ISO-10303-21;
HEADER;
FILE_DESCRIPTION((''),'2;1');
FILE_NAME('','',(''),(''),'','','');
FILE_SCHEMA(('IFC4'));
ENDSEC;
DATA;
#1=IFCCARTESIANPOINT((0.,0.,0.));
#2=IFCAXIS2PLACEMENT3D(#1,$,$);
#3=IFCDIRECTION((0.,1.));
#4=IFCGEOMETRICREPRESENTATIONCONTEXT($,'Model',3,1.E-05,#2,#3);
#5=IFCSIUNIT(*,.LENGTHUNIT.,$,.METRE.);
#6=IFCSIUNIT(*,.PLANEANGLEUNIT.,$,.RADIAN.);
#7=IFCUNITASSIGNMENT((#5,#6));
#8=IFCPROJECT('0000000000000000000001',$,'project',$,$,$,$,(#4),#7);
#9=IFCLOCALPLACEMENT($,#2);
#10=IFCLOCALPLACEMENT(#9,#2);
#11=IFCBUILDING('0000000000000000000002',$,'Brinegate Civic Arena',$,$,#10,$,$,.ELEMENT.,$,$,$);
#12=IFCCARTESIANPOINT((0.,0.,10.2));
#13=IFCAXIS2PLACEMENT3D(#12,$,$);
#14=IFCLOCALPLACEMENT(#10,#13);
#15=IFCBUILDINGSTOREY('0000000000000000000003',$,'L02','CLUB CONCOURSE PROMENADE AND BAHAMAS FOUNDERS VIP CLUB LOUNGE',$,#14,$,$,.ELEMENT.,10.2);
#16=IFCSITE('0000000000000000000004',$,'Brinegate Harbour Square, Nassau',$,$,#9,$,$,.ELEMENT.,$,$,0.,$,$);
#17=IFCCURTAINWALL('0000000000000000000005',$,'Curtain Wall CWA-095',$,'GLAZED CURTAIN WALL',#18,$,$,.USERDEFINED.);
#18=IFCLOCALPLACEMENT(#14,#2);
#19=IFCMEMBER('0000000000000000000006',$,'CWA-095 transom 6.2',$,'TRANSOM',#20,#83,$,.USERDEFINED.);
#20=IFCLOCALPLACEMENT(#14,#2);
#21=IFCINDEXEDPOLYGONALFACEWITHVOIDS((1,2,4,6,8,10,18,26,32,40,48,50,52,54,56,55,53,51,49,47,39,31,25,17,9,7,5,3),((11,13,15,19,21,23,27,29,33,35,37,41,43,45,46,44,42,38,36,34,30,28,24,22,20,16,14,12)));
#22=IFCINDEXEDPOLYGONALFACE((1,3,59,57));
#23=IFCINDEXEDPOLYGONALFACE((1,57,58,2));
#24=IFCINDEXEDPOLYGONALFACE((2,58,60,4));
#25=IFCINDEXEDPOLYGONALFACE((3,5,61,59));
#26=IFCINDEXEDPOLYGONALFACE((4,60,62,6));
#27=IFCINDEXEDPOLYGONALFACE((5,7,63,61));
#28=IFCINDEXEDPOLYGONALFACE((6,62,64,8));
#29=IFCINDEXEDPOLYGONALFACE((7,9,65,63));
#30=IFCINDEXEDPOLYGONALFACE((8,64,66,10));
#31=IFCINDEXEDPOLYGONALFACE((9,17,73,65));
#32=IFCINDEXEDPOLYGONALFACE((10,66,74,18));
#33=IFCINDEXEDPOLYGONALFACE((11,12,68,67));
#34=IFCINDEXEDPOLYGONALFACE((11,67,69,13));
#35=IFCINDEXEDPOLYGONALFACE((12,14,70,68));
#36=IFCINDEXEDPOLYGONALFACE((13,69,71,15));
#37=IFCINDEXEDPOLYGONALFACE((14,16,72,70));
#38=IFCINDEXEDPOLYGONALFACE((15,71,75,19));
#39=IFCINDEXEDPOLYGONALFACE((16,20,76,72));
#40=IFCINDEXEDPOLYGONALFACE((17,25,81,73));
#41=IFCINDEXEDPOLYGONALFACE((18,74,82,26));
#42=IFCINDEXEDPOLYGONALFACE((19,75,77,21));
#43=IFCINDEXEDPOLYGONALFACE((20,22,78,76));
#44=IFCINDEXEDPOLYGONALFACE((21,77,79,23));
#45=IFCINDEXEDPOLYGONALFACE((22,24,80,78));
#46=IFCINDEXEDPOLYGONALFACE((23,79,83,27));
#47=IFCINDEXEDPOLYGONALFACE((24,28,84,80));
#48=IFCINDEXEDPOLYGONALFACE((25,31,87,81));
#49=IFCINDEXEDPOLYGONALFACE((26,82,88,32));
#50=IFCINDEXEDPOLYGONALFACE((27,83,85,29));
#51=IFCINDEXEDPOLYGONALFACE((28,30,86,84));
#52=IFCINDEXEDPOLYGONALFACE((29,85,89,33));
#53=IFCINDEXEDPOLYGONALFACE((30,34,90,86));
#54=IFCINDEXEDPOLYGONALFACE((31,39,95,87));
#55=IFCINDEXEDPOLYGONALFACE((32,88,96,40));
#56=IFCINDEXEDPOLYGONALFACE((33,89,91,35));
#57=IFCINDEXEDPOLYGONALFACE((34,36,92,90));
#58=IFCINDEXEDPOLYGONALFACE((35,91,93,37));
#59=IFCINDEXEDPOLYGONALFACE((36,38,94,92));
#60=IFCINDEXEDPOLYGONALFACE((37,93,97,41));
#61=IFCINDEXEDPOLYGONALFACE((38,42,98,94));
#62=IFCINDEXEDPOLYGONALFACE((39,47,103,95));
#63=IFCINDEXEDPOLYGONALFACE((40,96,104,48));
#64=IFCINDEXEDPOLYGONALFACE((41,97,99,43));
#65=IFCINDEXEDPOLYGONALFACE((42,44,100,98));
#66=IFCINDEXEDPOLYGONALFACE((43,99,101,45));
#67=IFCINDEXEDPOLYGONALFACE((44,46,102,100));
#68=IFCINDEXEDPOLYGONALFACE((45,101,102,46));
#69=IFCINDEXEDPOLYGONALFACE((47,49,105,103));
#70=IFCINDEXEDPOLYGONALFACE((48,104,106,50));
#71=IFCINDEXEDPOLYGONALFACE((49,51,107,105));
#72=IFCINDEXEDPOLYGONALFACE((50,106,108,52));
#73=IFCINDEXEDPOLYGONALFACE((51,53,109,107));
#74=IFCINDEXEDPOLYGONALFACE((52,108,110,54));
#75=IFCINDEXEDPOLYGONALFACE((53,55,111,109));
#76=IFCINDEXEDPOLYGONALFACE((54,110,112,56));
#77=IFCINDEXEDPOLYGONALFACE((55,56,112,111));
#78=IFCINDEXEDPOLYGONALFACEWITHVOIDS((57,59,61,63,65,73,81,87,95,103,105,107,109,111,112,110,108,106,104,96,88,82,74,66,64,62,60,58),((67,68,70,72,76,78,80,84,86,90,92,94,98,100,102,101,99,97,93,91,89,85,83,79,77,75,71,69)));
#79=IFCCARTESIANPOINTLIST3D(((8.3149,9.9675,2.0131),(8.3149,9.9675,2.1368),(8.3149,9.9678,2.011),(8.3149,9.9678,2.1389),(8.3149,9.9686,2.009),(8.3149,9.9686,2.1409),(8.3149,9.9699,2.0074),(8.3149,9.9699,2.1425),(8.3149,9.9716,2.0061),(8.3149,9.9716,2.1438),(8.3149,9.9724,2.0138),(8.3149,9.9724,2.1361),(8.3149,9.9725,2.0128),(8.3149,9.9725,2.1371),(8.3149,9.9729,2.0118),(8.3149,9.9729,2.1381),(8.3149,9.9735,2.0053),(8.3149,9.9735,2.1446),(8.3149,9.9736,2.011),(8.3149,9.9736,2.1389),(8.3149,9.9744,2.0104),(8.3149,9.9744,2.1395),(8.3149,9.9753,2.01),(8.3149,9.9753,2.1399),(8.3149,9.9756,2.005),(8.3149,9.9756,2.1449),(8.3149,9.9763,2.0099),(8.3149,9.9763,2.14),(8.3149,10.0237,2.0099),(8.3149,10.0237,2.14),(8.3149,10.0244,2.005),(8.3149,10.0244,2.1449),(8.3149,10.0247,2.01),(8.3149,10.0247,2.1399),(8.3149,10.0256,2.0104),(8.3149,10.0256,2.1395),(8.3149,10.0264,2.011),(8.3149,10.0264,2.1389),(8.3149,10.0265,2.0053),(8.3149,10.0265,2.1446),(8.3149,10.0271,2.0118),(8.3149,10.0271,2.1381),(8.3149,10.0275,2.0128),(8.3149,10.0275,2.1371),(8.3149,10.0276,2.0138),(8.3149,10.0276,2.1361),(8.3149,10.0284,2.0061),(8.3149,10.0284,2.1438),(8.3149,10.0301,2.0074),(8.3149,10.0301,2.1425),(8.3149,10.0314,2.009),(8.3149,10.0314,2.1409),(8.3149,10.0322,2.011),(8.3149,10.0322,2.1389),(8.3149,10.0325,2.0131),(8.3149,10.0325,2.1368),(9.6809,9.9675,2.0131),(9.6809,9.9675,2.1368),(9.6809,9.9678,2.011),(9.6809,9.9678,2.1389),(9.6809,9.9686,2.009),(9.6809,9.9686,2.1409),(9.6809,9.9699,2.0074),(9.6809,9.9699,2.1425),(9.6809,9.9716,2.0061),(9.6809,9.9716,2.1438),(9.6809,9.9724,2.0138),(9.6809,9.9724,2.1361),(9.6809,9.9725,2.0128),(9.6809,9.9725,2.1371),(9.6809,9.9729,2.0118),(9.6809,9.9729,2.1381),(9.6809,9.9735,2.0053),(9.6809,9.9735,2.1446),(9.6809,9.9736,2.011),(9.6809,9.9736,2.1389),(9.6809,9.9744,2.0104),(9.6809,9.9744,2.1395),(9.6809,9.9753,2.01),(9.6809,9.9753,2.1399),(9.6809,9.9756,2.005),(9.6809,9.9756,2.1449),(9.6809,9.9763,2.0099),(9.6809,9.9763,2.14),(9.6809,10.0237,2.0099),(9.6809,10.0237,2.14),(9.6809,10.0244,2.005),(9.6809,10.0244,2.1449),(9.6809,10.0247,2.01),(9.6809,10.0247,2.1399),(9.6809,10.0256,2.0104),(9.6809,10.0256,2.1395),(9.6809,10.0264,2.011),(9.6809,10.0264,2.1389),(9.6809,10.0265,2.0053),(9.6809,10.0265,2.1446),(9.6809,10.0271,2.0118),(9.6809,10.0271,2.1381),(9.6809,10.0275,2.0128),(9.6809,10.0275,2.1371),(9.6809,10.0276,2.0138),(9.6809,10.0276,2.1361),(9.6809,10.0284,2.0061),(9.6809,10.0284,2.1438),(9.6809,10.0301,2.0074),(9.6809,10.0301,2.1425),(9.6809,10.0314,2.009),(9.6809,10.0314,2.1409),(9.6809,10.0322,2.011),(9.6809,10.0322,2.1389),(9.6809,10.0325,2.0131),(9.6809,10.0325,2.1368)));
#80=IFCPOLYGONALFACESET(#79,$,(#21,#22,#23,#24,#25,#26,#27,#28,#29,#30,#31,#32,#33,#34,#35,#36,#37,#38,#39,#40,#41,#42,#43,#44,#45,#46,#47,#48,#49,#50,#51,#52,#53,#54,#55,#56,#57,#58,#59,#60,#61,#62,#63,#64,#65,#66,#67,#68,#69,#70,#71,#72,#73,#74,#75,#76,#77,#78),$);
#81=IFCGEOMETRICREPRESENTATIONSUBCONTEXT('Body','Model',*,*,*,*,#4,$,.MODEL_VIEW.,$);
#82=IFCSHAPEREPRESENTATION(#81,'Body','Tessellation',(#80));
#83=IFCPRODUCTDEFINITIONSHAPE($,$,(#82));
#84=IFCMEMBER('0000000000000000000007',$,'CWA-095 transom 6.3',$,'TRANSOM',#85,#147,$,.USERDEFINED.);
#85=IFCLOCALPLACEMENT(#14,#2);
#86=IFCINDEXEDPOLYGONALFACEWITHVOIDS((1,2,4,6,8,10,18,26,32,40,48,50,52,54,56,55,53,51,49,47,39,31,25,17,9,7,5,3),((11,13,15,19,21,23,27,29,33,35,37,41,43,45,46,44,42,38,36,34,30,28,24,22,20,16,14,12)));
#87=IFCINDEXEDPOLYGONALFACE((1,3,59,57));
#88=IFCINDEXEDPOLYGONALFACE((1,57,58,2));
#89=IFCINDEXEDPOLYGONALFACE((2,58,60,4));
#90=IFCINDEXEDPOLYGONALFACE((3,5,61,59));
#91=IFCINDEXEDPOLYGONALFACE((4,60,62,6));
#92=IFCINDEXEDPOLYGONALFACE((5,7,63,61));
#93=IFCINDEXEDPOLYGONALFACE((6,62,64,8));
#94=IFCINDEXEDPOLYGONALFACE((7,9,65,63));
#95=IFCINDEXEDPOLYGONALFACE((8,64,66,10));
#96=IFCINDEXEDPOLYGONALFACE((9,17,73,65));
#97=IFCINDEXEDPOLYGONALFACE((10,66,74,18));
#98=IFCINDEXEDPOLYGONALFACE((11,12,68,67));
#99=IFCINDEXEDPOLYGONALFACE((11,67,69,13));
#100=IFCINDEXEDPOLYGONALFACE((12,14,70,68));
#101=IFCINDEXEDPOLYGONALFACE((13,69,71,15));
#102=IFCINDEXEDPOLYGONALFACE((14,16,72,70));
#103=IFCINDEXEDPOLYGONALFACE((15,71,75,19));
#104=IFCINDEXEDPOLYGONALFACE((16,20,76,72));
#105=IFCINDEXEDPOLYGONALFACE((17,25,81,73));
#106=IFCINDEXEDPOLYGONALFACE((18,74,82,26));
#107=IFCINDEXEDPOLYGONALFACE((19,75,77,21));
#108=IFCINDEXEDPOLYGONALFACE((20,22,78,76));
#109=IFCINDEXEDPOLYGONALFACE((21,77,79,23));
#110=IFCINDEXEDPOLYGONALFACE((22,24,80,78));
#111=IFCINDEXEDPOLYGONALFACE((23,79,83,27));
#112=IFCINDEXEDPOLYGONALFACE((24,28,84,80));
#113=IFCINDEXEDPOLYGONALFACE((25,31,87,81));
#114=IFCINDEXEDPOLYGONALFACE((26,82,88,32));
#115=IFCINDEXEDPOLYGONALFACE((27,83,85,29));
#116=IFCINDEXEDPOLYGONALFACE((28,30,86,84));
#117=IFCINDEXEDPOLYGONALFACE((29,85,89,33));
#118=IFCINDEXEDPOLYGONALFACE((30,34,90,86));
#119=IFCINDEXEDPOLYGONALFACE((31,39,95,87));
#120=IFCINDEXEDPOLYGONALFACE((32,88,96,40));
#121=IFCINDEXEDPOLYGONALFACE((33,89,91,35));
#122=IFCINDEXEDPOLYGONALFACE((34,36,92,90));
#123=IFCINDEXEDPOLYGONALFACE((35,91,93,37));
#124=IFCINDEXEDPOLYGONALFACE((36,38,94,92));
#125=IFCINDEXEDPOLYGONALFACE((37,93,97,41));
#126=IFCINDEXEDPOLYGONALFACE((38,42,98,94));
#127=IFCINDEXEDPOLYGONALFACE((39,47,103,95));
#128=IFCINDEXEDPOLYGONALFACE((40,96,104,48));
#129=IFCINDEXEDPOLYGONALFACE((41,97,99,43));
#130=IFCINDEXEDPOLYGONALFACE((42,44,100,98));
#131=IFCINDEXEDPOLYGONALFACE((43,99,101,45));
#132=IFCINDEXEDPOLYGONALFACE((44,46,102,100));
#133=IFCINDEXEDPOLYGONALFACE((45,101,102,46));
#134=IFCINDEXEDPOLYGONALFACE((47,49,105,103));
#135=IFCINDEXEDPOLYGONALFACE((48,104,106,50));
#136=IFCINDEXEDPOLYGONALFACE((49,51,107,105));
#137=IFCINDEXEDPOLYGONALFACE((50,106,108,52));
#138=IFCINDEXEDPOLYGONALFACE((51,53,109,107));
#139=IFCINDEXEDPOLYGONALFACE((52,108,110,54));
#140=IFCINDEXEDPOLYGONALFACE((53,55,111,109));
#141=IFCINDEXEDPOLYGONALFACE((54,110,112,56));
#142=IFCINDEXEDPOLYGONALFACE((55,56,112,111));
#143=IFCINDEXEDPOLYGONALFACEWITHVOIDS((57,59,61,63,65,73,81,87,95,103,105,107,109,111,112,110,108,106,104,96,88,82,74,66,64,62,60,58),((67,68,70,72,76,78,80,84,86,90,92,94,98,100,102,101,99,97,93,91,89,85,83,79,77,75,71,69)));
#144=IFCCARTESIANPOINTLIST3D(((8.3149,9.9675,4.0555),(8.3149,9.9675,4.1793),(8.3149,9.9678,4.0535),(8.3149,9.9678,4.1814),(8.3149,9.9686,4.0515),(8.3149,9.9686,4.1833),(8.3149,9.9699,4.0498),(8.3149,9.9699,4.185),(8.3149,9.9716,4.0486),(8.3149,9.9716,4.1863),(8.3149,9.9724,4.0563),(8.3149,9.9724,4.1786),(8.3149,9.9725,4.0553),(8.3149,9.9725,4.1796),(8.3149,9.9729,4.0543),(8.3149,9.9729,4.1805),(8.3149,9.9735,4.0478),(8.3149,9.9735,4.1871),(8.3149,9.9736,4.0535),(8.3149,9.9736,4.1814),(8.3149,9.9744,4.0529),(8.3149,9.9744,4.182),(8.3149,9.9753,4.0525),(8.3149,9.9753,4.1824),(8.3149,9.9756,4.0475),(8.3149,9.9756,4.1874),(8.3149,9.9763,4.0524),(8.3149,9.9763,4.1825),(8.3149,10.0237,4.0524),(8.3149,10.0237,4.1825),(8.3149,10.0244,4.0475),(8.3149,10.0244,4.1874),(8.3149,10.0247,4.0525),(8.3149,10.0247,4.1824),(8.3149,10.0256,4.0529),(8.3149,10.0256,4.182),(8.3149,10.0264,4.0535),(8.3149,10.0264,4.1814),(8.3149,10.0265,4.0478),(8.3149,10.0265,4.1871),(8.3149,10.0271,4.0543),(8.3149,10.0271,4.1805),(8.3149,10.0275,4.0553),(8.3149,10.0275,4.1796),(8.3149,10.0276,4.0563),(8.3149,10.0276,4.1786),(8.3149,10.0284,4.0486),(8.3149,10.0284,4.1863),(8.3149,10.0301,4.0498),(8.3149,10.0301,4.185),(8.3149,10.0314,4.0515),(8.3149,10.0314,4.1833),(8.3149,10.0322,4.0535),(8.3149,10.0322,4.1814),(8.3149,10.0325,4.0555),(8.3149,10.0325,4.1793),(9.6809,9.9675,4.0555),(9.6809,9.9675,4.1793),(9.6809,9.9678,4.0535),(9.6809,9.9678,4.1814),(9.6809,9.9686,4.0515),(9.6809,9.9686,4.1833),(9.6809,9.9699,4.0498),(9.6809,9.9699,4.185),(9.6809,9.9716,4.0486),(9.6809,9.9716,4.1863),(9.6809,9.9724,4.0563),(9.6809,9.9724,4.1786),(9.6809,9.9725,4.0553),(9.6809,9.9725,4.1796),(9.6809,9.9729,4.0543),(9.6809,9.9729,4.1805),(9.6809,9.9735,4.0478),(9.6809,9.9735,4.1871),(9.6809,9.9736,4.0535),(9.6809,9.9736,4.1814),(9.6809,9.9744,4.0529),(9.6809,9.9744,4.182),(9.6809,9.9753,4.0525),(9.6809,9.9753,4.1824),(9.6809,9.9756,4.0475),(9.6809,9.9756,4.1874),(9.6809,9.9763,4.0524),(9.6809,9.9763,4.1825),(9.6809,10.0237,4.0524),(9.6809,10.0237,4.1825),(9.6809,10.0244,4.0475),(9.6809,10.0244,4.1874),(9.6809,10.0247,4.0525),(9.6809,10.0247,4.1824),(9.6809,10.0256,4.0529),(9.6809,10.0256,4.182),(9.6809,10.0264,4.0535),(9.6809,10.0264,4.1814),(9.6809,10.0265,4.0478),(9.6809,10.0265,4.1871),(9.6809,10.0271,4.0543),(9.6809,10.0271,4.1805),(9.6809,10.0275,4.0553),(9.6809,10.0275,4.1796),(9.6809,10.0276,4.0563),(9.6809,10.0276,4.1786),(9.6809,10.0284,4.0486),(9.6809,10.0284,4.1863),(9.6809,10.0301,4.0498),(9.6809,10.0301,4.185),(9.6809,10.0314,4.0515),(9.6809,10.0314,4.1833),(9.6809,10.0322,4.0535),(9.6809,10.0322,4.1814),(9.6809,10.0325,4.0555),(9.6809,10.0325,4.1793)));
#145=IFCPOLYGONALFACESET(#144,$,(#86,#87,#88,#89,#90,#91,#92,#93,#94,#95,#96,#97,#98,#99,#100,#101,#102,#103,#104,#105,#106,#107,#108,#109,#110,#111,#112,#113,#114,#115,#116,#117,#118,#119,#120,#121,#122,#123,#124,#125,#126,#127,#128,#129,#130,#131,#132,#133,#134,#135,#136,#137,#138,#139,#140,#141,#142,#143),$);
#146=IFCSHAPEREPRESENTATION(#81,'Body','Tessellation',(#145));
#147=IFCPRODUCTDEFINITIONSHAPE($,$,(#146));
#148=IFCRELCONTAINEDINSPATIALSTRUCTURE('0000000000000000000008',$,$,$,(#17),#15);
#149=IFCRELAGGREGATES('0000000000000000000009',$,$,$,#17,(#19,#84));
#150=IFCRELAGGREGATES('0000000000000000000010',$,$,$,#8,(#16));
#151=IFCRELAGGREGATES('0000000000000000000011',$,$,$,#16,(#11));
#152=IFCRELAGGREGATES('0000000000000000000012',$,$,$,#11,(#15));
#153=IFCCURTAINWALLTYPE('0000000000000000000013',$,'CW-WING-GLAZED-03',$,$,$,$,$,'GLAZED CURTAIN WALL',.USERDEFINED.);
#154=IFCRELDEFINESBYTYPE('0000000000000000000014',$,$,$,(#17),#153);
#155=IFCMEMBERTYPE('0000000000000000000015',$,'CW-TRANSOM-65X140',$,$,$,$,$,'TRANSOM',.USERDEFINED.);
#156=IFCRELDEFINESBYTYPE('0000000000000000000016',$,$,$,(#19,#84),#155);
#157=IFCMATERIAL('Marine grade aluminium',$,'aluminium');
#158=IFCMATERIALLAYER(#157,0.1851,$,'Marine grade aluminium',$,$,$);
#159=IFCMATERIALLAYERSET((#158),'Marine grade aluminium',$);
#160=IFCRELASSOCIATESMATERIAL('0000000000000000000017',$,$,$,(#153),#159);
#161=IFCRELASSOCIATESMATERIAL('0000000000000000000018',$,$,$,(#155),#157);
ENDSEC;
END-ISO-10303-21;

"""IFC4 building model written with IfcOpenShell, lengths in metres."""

from ifc_helpers import new_model, si_unit, direction, frame, origin, origin_2d, place, context, subcontext, project, spatial, hollow_rectangle, extrude, material, layer, layer_set, material_profile, profile_set, type_object, element, aggregate, save


model = new_model("IFC4")

# Units and contexts
model_context = context("Model", 3, precision=1e-05, world=origin(), true_north=direction((0.0, 1.0)))
body_context = subcontext(model_context, "Body", "Model", "MODEL_VIEW")
ifc_project = project(units=[si_unit("LENGTHUNIT", "METRE"), si_unit("PLANEANGLEUNIT", "RADIAN")], contexts=[model_context])

# Site, building, storey
site_placement = place(None, origin())
site = spatial("IfcSite", under=ifc_project, at=site_placement, Name="Brinegate Harbour Square, Nassau", CompositionType="ELEMENT", RefElevation=0.0)
building_placement = place(site_placement, origin())
building = spatial("IfcBuilding", under=site, at=building_placement, Name="Brinegate Civic Arena", CompositionType="ELEMENT")
storey_placement = place(building_placement, frame((0.0, 0.0, 10.2)))
storey = spatial("IfcBuildingStorey", under=building, at=storey_placement, Name="L02", Description="CLUB CONCOURSE PROMENADE AND BAHAMAS FOUNDERS VIP CLUB LOUNGE", CompositionType="ELEMENT", Elevation=10.2)

# Curtain wall, members
ifc_material_1 = material(Name="Marine grade aluminium", Category="aluminium")
ifc_layer_1 = layer(ifc_material_1, 0.1851, Name="Marine grade aluminium")
ifc_layer_set_1 = layer_set([ifc_layer_1], Name="Marine grade aluminium")
curtain_wall_type = type_object("IfcCurtainWallType", Name="CW-WING-GLAZED-03", ElementType="GLAZED CURTAIN WALL", PredefinedType="USERDEFINED", material=ifc_layer_set_1)
curtain_wall_placement = place(storey_placement, origin())
curtain_wall = element("IfcCurtainWall", 1, at=curtain_wall_placement, inside=storey, type_object=curtain_wall_type, Name="Curtain Wall CWA-095", ObjectType="GLAZED CURTAIN WALL", PredefinedType="USERDEFINED")
ifc_material_profile_1 = material_profile(ifc_material_1, hollow_rectangle(XDim=0.0649, YDim=0.1399, WallThickness=0.0049, InnerFilletRadius=0.0039, OuterFilletRadius=0.0081, at=origin_2d()), Name="TRN65X140")
ifc_profile_set_1 = profile_set([ifc_material_profile_1], Name="Marine grade aluminium")
member_type_1 = type_object("IfcMemberType", Name="CW-TRANSOM-65X140", ElementType="TRANSOM", PredefinedType="USERDEFINED", material=ifc_profile_set_1)
member_1_placement = place(storey_placement, frame((8.3149, 10.0, 2.075), z_axis=(1.0, 0.0, 0.0), x_axis=(0.0, 1.0, 0.0)))
member_1 = element("IfcMember", 2, at=member_1_placement, type_object=member_type_1, Name="CWA-095 transom 6.2", ObjectType="TRANSOM", PredefinedType="USERDEFINED", context=body_context, shape_type="SweptSolid", body=[
    extrude(hollow_rectangle(XDim=0.0649, YDim=0.1399, WallThickness=0.0049, InnerFilletRadius=0.0039, OuterFilletRadius=0.0081, at=origin_2d()), origin(), (0.0, 0.0, 1.0), 1.366),
])
member_2_placement = place(storey_placement, frame((8.3149, 10.0, 4.1174), z_axis=(1.0, 0.0, 0.0), x_axis=(0.0, 1.0, 0.0)))
member_2 = element("IfcMember", 3, at=member_2_placement, type_object=member_type_1, Name="CWA-095 transom 6.3", ObjectType="TRANSOM", PredefinedType="USERDEFINED", context=body_context, shape_type="SweptSolid", body=[
    extrude(hollow_rectangle(XDim=0.0649, YDim=0.1399, WallThickness=0.0049, InnerFilletRadius=0.0039, OuterFilletRadius=0.0081, at=origin_2d()), origin(), (0.0, 0.0, 1.0), 1.366),
])
aggregate(curtain_wall, [member_1, member_2])

save(model, "model.ifc")
